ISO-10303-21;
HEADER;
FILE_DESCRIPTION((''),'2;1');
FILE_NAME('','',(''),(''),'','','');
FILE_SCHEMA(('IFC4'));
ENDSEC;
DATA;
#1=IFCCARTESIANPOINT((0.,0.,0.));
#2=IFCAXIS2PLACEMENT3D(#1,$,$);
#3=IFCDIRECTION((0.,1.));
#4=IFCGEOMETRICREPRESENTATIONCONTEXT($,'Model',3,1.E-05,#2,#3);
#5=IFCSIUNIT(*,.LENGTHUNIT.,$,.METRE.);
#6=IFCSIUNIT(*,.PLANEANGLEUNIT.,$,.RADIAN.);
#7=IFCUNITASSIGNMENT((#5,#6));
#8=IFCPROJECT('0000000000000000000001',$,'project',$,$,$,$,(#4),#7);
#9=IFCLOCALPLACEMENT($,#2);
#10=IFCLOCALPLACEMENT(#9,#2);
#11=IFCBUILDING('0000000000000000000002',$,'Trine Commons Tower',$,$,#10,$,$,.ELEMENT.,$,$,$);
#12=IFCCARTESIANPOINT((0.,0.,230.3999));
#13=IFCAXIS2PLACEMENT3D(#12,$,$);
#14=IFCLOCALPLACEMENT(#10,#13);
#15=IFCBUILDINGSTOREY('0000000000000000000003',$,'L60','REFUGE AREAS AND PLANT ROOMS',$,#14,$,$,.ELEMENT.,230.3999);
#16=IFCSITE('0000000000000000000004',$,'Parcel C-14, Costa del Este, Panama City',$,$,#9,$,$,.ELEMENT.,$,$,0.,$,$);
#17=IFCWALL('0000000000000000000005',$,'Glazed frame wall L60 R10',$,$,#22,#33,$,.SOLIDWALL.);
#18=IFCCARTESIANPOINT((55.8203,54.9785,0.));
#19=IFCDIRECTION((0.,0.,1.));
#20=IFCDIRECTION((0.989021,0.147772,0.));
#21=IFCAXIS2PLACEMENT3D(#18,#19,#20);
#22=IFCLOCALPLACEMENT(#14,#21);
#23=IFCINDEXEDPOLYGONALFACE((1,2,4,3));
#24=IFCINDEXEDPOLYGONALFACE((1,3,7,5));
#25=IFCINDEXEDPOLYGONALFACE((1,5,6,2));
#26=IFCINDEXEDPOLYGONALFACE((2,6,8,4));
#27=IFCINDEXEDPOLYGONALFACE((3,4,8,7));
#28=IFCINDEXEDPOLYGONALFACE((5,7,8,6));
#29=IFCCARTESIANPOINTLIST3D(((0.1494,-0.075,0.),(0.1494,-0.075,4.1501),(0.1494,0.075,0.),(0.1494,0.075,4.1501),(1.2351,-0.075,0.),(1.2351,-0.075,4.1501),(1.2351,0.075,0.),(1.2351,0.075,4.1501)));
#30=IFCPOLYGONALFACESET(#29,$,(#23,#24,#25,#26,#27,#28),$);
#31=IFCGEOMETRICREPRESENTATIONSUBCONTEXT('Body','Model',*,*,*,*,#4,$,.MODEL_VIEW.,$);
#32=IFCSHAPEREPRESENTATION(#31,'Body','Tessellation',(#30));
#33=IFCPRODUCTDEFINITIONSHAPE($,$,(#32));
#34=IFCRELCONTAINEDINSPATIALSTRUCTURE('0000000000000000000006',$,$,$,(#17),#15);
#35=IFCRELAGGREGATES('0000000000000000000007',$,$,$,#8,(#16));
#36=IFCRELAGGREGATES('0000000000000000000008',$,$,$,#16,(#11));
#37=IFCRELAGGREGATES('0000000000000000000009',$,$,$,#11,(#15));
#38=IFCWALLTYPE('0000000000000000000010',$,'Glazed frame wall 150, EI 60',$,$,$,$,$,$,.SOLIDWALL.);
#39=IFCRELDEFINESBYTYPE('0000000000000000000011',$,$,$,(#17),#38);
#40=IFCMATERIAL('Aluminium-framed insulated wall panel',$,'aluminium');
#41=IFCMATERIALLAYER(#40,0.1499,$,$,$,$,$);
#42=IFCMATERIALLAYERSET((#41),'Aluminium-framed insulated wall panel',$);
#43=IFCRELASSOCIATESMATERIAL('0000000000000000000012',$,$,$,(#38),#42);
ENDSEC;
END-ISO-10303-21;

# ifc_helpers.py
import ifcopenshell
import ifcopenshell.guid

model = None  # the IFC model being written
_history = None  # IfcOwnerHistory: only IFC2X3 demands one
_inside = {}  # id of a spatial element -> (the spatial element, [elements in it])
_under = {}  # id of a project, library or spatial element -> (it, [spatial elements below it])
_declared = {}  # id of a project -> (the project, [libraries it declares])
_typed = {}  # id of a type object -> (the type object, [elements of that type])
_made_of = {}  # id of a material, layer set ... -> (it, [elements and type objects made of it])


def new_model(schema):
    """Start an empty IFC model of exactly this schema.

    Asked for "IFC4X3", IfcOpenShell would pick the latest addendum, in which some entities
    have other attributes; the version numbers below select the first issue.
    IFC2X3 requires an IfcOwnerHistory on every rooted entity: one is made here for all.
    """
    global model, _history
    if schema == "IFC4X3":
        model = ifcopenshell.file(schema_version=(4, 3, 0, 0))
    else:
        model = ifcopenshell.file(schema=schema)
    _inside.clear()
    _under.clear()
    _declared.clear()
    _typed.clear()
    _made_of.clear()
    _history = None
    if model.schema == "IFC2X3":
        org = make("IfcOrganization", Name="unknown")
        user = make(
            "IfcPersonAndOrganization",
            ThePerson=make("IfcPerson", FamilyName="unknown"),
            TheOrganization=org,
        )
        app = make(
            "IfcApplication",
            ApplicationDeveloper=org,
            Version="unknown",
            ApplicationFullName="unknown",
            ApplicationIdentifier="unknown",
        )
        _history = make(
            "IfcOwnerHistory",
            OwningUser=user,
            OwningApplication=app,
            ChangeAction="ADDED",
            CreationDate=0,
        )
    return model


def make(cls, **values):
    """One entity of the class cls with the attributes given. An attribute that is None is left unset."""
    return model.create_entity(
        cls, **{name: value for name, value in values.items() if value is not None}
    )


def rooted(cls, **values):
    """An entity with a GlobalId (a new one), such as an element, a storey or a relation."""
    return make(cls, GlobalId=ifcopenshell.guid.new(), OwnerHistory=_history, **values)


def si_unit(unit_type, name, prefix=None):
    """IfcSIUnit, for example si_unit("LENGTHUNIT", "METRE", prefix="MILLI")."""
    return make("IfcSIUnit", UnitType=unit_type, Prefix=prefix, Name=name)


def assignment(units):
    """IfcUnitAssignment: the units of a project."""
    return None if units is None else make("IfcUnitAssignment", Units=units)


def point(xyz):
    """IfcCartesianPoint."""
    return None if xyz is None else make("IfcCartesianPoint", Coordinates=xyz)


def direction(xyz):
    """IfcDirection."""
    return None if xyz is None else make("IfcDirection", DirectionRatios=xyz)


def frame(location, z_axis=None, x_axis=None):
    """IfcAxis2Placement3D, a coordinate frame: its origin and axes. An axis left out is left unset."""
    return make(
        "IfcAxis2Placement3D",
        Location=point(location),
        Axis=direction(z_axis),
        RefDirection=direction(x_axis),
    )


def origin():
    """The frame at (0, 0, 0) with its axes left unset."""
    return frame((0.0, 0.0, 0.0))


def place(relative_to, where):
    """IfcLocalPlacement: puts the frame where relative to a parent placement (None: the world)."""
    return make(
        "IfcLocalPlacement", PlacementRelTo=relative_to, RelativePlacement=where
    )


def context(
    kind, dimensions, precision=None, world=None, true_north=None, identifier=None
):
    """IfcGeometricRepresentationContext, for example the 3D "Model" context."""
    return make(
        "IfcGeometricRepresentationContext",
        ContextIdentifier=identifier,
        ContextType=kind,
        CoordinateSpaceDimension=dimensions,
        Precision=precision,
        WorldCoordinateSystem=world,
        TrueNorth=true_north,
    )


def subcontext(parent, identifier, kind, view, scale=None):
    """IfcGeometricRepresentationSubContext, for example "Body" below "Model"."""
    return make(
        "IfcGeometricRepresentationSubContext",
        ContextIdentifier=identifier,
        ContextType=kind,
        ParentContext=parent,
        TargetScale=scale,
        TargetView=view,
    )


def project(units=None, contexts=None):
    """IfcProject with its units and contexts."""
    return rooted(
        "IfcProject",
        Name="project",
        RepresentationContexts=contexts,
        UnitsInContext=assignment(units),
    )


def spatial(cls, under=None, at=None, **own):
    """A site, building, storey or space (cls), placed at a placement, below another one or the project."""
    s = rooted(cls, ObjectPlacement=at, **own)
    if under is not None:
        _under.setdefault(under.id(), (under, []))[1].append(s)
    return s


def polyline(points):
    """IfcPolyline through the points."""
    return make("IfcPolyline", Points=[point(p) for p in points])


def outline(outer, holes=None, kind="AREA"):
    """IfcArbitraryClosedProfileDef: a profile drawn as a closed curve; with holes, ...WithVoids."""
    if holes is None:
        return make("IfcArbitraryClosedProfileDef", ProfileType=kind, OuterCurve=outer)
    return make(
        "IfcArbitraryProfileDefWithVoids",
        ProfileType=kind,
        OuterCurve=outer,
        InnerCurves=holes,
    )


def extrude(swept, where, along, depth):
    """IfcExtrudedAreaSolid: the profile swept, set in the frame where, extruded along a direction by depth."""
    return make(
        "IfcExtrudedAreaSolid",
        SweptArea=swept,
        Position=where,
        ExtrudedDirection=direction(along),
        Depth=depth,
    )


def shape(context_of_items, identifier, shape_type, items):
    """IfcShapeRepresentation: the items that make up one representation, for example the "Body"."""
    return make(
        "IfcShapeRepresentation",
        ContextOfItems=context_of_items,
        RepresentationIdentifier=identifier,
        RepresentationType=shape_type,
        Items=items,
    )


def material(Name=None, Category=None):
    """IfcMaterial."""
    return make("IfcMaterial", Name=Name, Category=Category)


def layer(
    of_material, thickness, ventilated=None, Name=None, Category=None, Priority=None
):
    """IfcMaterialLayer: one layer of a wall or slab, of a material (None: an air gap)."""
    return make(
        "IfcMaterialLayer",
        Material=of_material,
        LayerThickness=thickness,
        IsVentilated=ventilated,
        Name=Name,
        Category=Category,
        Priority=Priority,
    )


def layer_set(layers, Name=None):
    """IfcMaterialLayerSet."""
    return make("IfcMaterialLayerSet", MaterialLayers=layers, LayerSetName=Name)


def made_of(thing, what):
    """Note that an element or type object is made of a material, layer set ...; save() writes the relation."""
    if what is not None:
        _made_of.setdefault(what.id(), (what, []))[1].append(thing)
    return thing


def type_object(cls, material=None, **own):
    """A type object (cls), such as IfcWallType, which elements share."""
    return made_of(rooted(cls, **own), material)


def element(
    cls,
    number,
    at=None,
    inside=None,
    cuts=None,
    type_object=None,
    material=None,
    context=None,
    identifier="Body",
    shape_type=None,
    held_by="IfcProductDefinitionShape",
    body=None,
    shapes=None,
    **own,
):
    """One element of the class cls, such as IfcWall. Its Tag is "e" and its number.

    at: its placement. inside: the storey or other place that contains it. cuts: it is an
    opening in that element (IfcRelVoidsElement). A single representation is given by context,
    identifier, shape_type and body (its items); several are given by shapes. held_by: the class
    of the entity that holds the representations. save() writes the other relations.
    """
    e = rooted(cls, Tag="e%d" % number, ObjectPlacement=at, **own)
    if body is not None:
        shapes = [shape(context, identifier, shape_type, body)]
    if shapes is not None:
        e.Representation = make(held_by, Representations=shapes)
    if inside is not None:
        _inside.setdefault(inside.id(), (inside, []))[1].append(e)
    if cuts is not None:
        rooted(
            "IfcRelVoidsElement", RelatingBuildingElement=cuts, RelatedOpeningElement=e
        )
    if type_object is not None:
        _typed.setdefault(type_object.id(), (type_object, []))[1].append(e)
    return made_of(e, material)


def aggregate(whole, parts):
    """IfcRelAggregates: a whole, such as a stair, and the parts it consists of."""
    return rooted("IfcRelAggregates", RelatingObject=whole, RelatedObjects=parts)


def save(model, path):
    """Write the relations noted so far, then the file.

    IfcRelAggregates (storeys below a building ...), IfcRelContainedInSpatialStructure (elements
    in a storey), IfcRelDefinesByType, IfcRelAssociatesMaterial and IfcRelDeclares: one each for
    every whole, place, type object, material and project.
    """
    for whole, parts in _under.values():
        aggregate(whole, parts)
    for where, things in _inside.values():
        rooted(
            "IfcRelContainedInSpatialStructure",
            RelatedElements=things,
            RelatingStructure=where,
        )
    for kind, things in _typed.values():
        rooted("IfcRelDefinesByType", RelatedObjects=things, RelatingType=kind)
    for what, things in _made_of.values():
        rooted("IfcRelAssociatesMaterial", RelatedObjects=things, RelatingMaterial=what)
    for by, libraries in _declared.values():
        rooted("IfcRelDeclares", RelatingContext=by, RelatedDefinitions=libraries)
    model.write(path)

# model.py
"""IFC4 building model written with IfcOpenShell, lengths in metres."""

from ifc_helpers import new_model, si_unit, direction, frame, origin, place, context, subcontext, project, spatial, polyline, outline, extrude, material, layer, layer_set, type_object, element, save


model = new_model("IFC4")

# Units and contexts
model_context = context("Model", 3, precision=1e-05, world=origin(), true_north=direction((0.0, 1.0)))
body_context = subcontext(model_context, "Body", "Model", "MODEL_VIEW")
ifc_project = project(units=[si_unit("LENGTHUNIT", "METRE"), si_unit("PLANEANGLEUNIT", "RADIAN")], contexts=[model_context])

# Site, building, storey
site_placement = place(None, origin())
site = spatial("IfcSite", under=ifc_project, at=site_placement, Name="Parcel C-14, Costa del Este, Panama City", CompositionType="ELEMENT", RefElevation=0.0)
building_placement = place(site_placement, origin())
building = spatial("IfcBuilding", under=site, at=building_placement, Name="Trine Commons Tower", CompositionType="ELEMENT")
storey_placement = place(building_placement, frame((0.0, 0.0, 230.3999)))
storey = spatial("IfcBuildingStorey", under=building, at=storey_placement, Name="L60", Description="REFUGE AREAS AND PLANT ROOMS", CompositionType="ELEMENT", Elevation=230.3999)

# Wall
ifc_material_1 = material(Name="Aluminium-framed insulated wall panel", Category="aluminium")
ifc_layer_1 = layer(ifc_material_1, 0.1499)
ifc_layer_set_1 = layer_set([ifc_layer_1], Name="Aluminium-framed insulated wall panel")
wall_type = type_object("IfcWallType", Name="Glazed frame wall 150, EI 60", PredefinedType="SOLIDWALL", material=ifc_layer_set_1)
wall_placement = place(storey_placement, frame((55.8203, 54.9785, 0.0), z_axis=(0.0, 0.0, 1.0), x_axis=(0.989021, 0.147772, 0.0)))
element("IfcWall", 1, at=wall_placement, inside=storey, type_object=wall_type, Name="Glazed frame wall L60 R10", PredefinedType="SOLIDWALL", context=body_context, shape_type="SweptSolid", body=[
    extrude(outline(polyline([(0.1494, 0.075), (0.1494, -0.075), (1.2351, -0.075), (1.2351, 0.075), (0.1494, 0.075)])), origin(), (0.0, 0.0, 1.0), 4.1501),
])

save(model, "model.ifc")
